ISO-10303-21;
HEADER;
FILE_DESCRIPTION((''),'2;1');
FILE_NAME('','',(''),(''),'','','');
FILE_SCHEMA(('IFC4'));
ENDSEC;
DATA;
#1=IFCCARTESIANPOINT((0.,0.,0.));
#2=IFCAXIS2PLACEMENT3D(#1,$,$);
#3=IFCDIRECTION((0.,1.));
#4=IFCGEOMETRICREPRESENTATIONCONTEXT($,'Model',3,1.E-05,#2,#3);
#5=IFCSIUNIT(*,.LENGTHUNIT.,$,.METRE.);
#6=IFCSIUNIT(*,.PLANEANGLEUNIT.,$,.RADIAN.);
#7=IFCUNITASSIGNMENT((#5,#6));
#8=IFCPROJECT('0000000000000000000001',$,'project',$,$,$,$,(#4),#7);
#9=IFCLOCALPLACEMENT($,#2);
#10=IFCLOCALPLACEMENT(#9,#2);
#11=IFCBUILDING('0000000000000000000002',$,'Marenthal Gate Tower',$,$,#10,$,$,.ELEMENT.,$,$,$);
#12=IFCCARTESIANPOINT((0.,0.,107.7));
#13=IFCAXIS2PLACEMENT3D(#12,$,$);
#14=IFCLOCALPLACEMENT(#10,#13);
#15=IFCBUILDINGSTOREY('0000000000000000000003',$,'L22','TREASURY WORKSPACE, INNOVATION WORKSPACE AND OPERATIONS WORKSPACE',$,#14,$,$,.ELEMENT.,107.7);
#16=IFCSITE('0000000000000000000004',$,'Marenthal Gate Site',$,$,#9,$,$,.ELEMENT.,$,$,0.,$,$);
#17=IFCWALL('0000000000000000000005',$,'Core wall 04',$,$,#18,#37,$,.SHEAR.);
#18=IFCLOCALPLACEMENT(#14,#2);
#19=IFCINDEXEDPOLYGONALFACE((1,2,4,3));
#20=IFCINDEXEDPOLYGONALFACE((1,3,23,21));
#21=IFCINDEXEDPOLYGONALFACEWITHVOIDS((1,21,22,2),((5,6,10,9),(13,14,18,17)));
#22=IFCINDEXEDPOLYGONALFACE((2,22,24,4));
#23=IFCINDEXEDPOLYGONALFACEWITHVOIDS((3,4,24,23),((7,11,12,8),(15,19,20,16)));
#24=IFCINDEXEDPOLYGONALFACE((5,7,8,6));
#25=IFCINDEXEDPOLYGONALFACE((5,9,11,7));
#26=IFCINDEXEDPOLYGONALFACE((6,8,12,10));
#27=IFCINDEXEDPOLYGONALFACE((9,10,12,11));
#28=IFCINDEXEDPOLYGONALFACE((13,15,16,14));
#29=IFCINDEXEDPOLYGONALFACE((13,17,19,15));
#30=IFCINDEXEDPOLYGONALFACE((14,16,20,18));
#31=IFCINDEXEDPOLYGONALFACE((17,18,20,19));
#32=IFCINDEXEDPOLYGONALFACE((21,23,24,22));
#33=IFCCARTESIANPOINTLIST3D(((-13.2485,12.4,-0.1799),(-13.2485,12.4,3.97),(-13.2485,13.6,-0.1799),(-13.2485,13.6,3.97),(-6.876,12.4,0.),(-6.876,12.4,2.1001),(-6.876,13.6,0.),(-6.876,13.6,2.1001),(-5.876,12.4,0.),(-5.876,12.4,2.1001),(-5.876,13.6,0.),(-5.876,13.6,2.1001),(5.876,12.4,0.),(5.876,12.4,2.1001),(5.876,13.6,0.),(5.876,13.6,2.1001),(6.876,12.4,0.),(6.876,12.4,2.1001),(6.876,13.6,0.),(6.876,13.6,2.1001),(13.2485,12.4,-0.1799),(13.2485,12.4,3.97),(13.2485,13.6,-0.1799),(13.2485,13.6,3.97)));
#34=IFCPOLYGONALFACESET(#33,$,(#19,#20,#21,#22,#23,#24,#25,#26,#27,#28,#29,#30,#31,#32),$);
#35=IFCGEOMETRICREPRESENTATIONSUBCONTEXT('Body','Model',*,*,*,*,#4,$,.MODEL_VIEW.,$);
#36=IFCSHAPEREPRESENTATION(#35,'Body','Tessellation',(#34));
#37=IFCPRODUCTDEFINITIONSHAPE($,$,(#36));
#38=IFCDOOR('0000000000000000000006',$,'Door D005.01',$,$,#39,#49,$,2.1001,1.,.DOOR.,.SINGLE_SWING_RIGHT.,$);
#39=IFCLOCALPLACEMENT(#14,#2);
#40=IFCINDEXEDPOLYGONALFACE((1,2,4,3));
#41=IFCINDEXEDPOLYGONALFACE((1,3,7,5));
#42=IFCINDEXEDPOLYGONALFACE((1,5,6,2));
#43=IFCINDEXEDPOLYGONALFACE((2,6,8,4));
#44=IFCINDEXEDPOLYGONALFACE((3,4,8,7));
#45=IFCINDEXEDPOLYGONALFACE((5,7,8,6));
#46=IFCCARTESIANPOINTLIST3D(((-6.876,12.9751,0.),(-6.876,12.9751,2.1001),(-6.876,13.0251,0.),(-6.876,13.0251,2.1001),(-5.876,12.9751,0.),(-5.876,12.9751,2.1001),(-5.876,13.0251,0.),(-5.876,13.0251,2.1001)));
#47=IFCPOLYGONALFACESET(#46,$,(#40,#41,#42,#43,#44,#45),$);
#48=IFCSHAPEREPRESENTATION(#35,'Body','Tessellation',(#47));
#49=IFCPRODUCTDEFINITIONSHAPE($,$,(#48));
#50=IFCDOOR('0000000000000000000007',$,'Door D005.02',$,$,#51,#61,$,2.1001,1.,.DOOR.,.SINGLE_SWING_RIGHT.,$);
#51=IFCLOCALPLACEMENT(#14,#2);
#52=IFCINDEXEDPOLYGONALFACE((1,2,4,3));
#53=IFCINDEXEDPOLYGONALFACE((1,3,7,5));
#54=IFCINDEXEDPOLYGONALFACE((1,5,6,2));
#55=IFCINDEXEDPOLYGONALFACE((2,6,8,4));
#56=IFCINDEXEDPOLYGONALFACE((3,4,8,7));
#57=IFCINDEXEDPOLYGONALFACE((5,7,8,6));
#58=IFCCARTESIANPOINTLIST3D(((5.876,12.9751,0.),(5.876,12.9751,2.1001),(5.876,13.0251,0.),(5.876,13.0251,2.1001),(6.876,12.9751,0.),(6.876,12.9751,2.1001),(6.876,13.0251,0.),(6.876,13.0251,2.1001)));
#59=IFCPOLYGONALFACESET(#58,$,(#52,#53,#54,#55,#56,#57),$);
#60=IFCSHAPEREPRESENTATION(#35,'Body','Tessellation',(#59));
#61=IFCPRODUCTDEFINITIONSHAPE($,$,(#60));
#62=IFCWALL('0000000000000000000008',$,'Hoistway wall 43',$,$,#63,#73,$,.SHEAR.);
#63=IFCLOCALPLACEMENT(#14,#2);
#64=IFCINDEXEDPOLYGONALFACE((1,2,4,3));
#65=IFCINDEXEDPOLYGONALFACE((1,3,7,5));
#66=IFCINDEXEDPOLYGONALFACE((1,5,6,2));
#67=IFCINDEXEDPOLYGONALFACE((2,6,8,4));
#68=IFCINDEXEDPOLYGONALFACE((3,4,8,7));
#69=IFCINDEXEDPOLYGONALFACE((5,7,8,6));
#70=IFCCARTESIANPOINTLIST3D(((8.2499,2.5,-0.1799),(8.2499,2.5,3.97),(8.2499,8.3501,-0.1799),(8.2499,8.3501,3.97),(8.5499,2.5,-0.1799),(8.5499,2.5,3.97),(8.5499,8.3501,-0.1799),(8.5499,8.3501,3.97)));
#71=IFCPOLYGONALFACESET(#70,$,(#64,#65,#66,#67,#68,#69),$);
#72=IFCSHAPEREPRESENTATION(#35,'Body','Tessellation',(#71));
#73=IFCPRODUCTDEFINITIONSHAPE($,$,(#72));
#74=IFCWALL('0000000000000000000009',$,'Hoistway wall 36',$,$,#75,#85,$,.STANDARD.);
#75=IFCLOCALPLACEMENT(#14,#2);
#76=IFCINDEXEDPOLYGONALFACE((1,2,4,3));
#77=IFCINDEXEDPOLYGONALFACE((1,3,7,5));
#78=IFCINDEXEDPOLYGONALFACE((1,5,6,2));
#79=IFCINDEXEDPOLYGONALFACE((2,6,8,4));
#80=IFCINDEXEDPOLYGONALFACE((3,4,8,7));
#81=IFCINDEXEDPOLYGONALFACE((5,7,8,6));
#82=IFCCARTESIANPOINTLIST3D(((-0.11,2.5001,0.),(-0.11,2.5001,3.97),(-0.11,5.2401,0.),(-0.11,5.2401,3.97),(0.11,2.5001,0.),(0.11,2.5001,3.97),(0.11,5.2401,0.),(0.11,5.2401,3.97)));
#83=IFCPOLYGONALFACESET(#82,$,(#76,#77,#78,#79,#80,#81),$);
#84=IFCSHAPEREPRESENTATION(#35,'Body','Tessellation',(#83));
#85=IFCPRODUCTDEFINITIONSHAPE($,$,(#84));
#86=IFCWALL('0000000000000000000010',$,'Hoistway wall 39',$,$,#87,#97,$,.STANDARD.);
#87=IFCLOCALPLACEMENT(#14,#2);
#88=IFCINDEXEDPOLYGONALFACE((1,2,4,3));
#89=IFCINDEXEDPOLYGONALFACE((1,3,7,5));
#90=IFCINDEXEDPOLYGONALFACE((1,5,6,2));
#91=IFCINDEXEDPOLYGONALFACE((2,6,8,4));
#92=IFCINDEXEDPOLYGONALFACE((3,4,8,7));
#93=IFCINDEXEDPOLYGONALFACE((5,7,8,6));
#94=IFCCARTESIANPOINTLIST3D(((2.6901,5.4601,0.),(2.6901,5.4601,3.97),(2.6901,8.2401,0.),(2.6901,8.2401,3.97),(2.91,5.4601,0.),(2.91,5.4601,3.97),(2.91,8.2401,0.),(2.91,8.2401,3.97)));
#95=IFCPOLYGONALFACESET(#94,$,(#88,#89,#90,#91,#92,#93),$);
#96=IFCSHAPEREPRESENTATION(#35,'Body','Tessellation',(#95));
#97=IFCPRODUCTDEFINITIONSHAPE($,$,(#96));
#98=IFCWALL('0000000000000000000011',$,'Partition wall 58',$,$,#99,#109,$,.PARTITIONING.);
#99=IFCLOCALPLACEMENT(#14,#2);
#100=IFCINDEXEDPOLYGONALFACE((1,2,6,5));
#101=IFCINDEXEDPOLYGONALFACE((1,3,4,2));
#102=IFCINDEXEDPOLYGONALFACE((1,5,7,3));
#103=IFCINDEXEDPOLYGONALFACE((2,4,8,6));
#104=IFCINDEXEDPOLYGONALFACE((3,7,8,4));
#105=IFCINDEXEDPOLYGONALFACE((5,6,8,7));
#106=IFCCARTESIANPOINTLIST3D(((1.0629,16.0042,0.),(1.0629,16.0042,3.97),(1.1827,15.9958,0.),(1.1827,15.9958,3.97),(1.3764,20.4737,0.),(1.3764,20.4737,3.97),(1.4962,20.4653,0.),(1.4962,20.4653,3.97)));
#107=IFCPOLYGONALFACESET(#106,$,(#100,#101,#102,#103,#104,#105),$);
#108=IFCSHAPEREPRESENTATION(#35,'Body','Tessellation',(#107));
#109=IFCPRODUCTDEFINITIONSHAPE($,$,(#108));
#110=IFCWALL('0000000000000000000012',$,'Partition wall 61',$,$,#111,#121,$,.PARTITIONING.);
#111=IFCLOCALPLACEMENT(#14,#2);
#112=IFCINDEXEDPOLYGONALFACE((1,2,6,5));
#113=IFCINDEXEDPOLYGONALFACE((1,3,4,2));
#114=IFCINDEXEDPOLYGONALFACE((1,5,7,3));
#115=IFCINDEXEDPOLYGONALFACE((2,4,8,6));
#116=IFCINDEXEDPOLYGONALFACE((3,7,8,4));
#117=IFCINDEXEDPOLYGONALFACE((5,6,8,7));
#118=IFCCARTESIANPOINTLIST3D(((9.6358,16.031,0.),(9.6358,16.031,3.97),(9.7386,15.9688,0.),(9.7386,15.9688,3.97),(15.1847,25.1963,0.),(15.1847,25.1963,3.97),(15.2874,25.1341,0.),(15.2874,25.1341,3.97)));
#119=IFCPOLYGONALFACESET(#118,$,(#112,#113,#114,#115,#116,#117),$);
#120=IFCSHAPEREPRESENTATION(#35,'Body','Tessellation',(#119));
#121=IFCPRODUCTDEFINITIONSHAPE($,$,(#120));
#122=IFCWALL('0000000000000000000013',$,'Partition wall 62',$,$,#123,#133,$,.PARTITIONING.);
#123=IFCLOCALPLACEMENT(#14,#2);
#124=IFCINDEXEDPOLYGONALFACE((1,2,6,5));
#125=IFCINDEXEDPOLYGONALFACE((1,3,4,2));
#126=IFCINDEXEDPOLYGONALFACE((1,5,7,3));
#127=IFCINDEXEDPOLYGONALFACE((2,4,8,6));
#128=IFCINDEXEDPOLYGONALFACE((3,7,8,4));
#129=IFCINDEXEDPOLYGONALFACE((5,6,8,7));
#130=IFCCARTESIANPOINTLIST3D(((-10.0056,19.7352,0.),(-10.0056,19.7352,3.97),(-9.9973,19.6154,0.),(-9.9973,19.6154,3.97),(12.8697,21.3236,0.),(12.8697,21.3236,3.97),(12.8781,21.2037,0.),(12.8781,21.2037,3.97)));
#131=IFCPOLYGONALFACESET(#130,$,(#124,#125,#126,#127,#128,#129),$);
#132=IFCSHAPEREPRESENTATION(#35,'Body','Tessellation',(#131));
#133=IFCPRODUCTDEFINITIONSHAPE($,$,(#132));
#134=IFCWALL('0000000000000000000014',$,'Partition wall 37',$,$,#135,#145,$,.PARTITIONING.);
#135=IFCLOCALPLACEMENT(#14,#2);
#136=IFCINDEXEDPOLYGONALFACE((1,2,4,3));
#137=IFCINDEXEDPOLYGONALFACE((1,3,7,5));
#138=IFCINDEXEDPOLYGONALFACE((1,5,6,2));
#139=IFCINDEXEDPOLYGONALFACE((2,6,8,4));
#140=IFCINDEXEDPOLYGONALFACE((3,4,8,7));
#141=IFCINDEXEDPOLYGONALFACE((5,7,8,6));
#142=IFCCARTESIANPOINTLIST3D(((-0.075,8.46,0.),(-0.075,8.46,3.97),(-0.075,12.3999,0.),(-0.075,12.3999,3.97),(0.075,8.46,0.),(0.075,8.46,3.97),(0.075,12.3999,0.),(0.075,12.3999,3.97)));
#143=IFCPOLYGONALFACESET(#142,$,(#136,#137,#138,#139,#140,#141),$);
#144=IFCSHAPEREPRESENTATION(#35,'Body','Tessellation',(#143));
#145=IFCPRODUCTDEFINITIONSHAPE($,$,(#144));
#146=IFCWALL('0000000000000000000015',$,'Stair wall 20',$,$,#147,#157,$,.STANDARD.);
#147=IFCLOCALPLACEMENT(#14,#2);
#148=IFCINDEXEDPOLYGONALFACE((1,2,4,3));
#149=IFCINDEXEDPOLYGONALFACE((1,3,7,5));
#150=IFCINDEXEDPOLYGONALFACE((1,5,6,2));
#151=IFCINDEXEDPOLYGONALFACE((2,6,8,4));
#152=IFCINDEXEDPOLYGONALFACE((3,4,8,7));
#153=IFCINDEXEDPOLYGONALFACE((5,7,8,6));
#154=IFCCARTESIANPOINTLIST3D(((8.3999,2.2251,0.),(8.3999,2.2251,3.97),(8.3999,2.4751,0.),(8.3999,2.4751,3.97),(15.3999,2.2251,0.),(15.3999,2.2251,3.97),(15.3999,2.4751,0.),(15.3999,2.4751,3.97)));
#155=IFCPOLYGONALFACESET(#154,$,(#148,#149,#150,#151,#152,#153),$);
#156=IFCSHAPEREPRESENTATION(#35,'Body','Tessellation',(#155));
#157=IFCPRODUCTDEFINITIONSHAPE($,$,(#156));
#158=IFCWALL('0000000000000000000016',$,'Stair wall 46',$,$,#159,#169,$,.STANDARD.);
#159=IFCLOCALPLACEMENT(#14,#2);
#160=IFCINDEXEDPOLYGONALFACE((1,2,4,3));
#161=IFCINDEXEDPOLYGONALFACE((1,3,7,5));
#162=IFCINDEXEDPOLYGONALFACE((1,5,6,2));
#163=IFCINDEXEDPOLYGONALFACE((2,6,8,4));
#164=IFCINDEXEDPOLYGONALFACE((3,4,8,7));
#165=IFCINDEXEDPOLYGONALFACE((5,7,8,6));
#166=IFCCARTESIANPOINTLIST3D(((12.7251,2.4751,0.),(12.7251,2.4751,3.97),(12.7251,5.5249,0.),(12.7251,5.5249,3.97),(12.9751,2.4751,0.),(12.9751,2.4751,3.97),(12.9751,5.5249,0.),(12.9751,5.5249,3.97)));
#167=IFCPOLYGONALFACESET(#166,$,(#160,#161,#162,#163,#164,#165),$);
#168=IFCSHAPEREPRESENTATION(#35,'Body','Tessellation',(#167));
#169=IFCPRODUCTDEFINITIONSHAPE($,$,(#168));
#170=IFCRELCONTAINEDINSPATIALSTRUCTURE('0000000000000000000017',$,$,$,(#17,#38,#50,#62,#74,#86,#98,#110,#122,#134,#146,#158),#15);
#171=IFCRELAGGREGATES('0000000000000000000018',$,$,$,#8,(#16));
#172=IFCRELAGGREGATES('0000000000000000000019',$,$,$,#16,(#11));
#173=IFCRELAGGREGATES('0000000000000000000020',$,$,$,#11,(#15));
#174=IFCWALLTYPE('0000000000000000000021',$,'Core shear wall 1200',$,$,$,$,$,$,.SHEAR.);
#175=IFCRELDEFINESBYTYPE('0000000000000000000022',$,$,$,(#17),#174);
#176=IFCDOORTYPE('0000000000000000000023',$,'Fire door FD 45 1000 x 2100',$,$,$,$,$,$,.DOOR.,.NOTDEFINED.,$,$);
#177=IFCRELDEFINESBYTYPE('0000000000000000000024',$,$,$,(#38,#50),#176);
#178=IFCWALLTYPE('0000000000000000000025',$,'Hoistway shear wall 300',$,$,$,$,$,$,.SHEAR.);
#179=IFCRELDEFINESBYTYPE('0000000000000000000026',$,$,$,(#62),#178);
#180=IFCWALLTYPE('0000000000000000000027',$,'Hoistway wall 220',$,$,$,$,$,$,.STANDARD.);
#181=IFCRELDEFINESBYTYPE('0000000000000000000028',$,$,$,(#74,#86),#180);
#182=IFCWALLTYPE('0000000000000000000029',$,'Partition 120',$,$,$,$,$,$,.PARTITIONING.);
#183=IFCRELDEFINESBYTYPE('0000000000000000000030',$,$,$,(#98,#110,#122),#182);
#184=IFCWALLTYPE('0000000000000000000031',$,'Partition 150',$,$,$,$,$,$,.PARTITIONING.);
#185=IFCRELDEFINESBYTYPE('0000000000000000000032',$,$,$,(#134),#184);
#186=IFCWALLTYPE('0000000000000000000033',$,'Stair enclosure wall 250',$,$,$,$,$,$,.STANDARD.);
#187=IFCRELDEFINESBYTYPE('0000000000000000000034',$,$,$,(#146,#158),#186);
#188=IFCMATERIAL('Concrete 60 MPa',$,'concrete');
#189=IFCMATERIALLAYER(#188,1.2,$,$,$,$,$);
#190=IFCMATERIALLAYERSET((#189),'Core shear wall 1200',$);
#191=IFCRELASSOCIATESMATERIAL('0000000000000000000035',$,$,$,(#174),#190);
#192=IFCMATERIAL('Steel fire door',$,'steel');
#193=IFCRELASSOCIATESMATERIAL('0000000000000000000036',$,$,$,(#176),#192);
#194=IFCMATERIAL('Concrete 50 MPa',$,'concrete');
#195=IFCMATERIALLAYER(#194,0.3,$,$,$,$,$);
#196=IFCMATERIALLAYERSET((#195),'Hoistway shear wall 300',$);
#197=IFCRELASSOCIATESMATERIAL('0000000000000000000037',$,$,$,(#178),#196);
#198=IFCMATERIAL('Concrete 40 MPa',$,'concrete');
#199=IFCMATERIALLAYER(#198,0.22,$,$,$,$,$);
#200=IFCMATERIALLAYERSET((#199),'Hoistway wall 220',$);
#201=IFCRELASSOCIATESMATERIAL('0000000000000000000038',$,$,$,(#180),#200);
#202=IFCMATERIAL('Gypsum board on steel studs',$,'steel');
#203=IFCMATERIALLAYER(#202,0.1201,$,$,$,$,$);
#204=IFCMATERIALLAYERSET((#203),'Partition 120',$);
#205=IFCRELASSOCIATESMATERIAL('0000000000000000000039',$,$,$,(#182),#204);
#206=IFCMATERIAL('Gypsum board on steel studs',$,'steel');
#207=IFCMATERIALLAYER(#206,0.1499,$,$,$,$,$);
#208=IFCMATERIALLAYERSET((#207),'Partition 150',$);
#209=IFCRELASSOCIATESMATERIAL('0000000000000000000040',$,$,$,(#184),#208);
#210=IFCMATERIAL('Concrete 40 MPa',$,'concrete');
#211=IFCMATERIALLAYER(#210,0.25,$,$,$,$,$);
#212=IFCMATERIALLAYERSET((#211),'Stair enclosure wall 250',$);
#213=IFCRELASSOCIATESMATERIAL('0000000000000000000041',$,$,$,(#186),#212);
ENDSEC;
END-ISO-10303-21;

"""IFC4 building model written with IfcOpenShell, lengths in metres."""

from ifc_helpers import new_model, si_unit, direction, frame, frame_2d, origin, place, context, subcontext, project, spatial, rectangle, extrude, material, layer, layer_set, type_object, element, fill, save


model = new_model("IFC4")

# Units and contexts
model_context = context("Model", 3, precision=1e-05, world=origin(), true_north=direction((0.0, 1.0)))
body_context = subcontext(model_context, "Body", "Model", "MODEL_VIEW")
ifc_project = project(units=[si_unit("LENGTHUNIT", "METRE"), si_unit("PLANEANGLEUNIT", "RADIAN")], contexts=[model_context])

# Site, building, storey
site_placement = place(None, origin())
site = spatial("IfcSite", under=ifc_project, at=site_placement, Name="Marenthal Gate Site", CompositionType="ELEMENT", RefElevation=0.0)
building_placement = place(site_placement, origin())
building = spatial("IfcBuilding", under=site, at=building_placement, Name="Marenthal Gate Tower", CompositionType="ELEMENT")
storey_placement = place(building_placement, frame((0.0, 0.0, 107.7)))
storey = spatial("IfcBuildingStorey", under=building, at=storey_placement, Name="L22", Description="TREASURY WORKSPACE, INNOVATION WORKSPACE AND OPERATIONS WORKSPACE", CompositionType="ELEMENT", Elevation=107.7)

# Wall, openings, doors
ifc_material_1 = material(Name="Concrete 60 MPa", Category="concrete")
ifc_layer_1 = layer(ifc_material_1, 1.2)
ifc_layer_set_1 = layer_set([ifc_layer_1], Name="Core shear wall 1200")
wall_type_1 = type_object("IfcWallType", Name="Core shear wall 1200", PredefinedType="SHEAR", material=ifc_layer_set_1)
wall_1_placement = place(storey_placement, frame((13.2485, 13.0, -0.1799), z_axis=(0.0, 0.0, 1.0), x_axis=(-1.0, 0.0, 0.0)))
wall_1 = element("IfcWall", 1, at=wall_1_placement, inside=storey, type_object=wall_type_1, Name="Core wall 04", PredefinedType="SHEAR", context=body_context, shape_type="SweptSolid", body=[
    extrude(rectangle(XDim=26.4971, YDim=1.2, at=frame_2d((13.2485, 0.0))), origin(), (0.0, 0.0, 1.0), 4.1499),
])
opening_1_placement = place(wall_1_placement, frame((19.1245, 0.0, 0.1799)))
opening_1 = element("IfcOpeningElement", 2, at=opening_1_placement, cuts=wall_1, PredefinedType="OPENING", context=body_context, shape_type="SweptSolid", body=[
    extrude(rectangle(XDim=1.0, YDim=2.1001, at=frame_2d((0.5, 1.05))), frame((0.0, 0.6099, 0.0), z_axis=(0.0, -1.0, 0.0), x_axis=(1.0, 0.0, 0.0)), (0.0, 0.0, 1.0), 1.22),
])
opening_2_placement = place(wall_1_placement, frame((6.3726, 0.0, 0.1799)))
opening_2 = element("IfcOpeningElement", 3, at=opening_2_placement, cuts=wall_1, PredefinedType="OPENING", context=body_context, shape_type="SweptSolid", body=[
    extrude(rectangle(XDim=1.0, YDim=2.1001, at=frame_2d((0.5, 1.05))), frame((0.0, 0.6099, 0.0), z_axis=(0.0, -1.0, 0.0), x_axis=(1.0, 0.0, 0.0)), (0.0, 0.0, 1.0), 1.22),
])
ifc_material_2 = material(Name="Steel fire door", Category="steel")
door_type_1 = type_object("IfcDoorType", Name="Fire door FD 45 1000 x 2100", OperationType="NOTDEFINED", PredefinedType="DOOR", material=ifc_material_2)
door_1_placement = place(opening_1_placement, origin())
door_1 = element("IfcDoor", 4, at=door_1_placement, inside=storey, type_object=door_type_1, Name="Door D005.01", OperationType="SINGLE_SWING_RIGHT", OverallHeight=2.1001, OverallWidth=1.0, PredefinedType="DOOR", context=body_context, shape_type="SweptSolid", body=[
    extrude(rectangle(XDim=1.0, YDim=2.1001, at=frame_2d((0.5, 1.05))), frame((0.0, 0.0249, 0.0), z_axis=(0.0, -1.0, 0.0), x_axis=(1.0, 0.0, 0.0)), (0.0, 0.0, 1.0), 0.05),
])
fill(opening_1, door_1)
door_2_placement = place(opening_2_placement, origin())
door_2 = element("IfcDoor", 5, at=door_2_placement, inside=storey, type_object=door_type_1, Name="Door D005.02", OperationType="SINGLE_SWING_RIGHT", OverallHeight=2.1001, OverallWidth=1.0, PredefinedType="DOOR", context=body_context, shape_type="SweptSolid", body=[
    extrude(rectangle(XDim=1.0, YDim=2.1001, at=frame_2d((0.5, 1.05))), frame((0.0, 0.0249, 0.0), z_axis=(0.0, -1.0, 0.0), x_axis=(1.0, 0.0, 0.0)), (0.0, 0.0, 1.0), 0.05),
])
fill(opening_2, door_2)

# Walls
ifc_material_3 = material(Name="Concrete 50 MPa", Category="concrete")
ifc_layer_2 = layer(ifc_material_3, 0.3)
ifc_layer_set_2 = layer_set([ifc_layer_2], Name="Hoistway shear wall 300")
wall_type_2 = type_object("IfcWallType", Name="Hoistway shear wall 300", PredefinedType="SHEAR", material=ifc_layer_set_2)
wall_2_placement = place(storey_placement, frame((8.3999, 2.5, -0.1799), z_axis=(0.0, 0.0, 1.0), x_axis=(0.0, 1.0, 0.0)))
element("IfcWall", 6, at=wall_2_placement, inside=storey, type_object=wall_type_2, Name="Hoistway wall 43", PredefinedType="SHEAR", context=body_context, shape_type="SweptSolid", body=[
    extrude(rectangle(XDim=5.8501, YDim=0.3, at=frame_2d((2.925, 0.0))), origin(), (0.0, 0.0, 1.0), 4.1499),
])
ifc_material_4 = material(Name="Concrete 40 MPa", Category="concrete")
ifc_layer_3 = layer(ifc_material_4, 0.22)
ifc_layer_set_3 = layer_set([ifc_layer_3], Name="Hoistway wall 220")
wall_type_3 = type_object("IfcWallType", Name="Hoistway wall 220", PredefinedType="STANDARD", material=ifc_layer_set_3)
wall_3_placement = place(storey_placement, frame((0.0, 2.5, 0.0), z_axis=(0.0, 0.0, 1.0), x_axis=(0.0, 1.0, 0.0)))
element("IfcWall", 7, at=wall_3_placement, inside=storey, type_object=wall_type_3, Name="Hoistway wall 36", PredefinedType="STANDARD", context=body_context, shape_type="SweptSolid", body=[
    extrude(rectangle(XDim=2.74, YDim=0.22, at=frame_2d((1.3701, 0.0))), origin(), (0.0, 0.0, 1.0), 3.97),
])
wall_4_placement = place(storey_placement, frame((2.8, 5.46, 0.0), z_axis=(0.0, 0.0, 1.0), x_axis=(0.0, 1.0, 0.0)))
element("IfcWall", 8, at=wall_4_placement, inside=storey, type_object=wall_type_3, Name="Hoistway wall 39", PredefinedType="STANDARD", context=body_context, shape_type="SweptSolid", body=[
    extrude(rectangle(XDim=2.78, YDim=0.22, at=frame_2d((1.3901, 0.0))), origin(), (0.0, 0.0, 1.0), 3.97),
])
ifc_material_5 = material(Name="Gypsum board on steel studs", Category="steel")
ifc_layer_4 = layer(ifc_material_5, 0.1201)
ifc_layer_set_4 = layer_set([ifc_layer_4], Name="Partition 120")
wall_type_4 = type_object("IfcWallType", Name="Partition 120", PredefinedType="PARTITIONING", material=ifc_layer_set_4)
wall_5_placement = place(storey_placement, frame((1.4363, 20.4695, 0.0), z_axis=(0.0, 0.0, 1.0), x_axis=(-0.069965, -0.997549, 0.0)))
element("IfcWall", 9, at=wall_5_placement, inside=storey, type_object=wall_type_4, Name="Partition wall 58", PredefinedType="PARTITIONING", context=body_context, shape_type="SweptSolid", body=[
    extrude(rectangle(XDim=4.4805, YDim=0.1201, at=frame_2d((2.2402, 0.0))), origin(), (0.0, 0.0, 1.0), 3.97),
])
wall_6_placement = place(storey_placement, frame((9.6873, 16.0, 0.0), z_axis=(0.0, 0.0, 1.0), x_axis=(0.5179, 0.855441, 0.0)))
element("IfcWall", 10, at=wall_6_placement, inside=storey, type_object=wall_type_4, Name="Partition wall 61", PredefinedType="PARTITIONING", context=body_context, shape_type="SweptSolid", body=[
    extrude(rectangle(XDim=10.7141, YDim=0.1201, at=frame_2d((5.3569, 0.0))), origin(), (0.0, 0.0, 1.0), 3.97),
])
wall_7_placement = place(storey_placement, frame((12.874, 21.2637, 0.0), z_axis=(0.0, 0.0, 1.0), x_axis=(-0.997598, -0.06927, 0.0)))
element("IfcWall", 11, at=wall_7_placement, inside=storey, type_object=wall_type_4, Name="Partition wall 62", PredefinedType="PARTITIONING", context=body_context, shape_type="SweptSolid", body=[
    extrude(rectangle(XDim=22.9304, YDim=0.1201, at=frame_2d((11.4653, 0.0))), origin(), (0.0, 0.0, 1.0), 3.97),
])
ifc_material_6 = material(Name="Gypsum board on steel studs", Category="steel")
ifc_layer_5 = layer(ifc_material_6, 0.1499)
ifc_layer_set_5 = layer_set([ifc_layer_5], Name="Partition 150")
wall_type_5 = type_object("IfcWallType", Name="Partition 150", PredefinedType="PARTITIONING", material=ifc_layer_set_5)
wall_8_placement = place(storey_placement, frame((0.0, 8.46, 0.0), z_axis=(0.0, 0.0, 1.0), x_axis=(0.0, 1.0, 0.0)))
element("IfcWall", 12, at=wall_8_placement, inside=storey, type_object=wall_type_5, Name="Partition wall 37", PredefinedType="PARTITIONING", context=body_context, shape_type="SweptSolid", body=[
    extrude(rectangle(XDim=3.9399, YDim=0.1499, at=frame_2d((1.97, 0.0))), origin(), (0.0, 0.0, 1.0), 3.97),
])
ifc_material_7 = material(Name="Concrete 40 MPa", Category="concrete")
ifc_layer_6 = layer(ifc_material_7, 0.25)
ifc_layer_set_6 = layer_set([ifc_layer_6], Name="Stair enclosure wall 250")
wall_type_6 = type_object("IfcWallType", Name="Stair enclosure wall 250", PredefinedType="STANDARD", material=ifc_layer_set_6)
wall_9_placement = place(storey_placement, frame((8.3999, 2.3501, 0.0), z_axis=(0.0, 0.0, 1.0), x_axis=(1.0, 0.0, 0.0)))
element("IfcWall", 13, at=wall_9_placement, inside=storey, type_object=wall_type_6, Name="Stair wall 20", PredefinedType="STANDARD", context=body_context, shape_type="SweptSolid", body=[
    extrude(rectangle(XDim=7.0, YDim=0.25, at=frame_2d((3.5, 0.0))), origin(), (0.0, 0.0, 1.0), 3.97),
])
wall_10_placement = place(storey_placement, frame((12.8501, 2.4751, 0.0), z_axis=(0.0, 0.0, 1.0), x_axis=(0.0, 1.0, 0.0)))
element("IfcWall", 14, at=wall_10_placement, inside=storey, type_object=wall_type_6, Name="Stair wall 46", PredefinedType="STANDARD", context=body_context, shape_type="SweptSolid", body=[
    extrude(rectangle(XDim=3.0498, YDim=0.25, at=frame_2d((1.5249, 0.0))), origin(), (0.0, 0.0, 1.0), 3.97),
])

save(model, "model.ifc")
